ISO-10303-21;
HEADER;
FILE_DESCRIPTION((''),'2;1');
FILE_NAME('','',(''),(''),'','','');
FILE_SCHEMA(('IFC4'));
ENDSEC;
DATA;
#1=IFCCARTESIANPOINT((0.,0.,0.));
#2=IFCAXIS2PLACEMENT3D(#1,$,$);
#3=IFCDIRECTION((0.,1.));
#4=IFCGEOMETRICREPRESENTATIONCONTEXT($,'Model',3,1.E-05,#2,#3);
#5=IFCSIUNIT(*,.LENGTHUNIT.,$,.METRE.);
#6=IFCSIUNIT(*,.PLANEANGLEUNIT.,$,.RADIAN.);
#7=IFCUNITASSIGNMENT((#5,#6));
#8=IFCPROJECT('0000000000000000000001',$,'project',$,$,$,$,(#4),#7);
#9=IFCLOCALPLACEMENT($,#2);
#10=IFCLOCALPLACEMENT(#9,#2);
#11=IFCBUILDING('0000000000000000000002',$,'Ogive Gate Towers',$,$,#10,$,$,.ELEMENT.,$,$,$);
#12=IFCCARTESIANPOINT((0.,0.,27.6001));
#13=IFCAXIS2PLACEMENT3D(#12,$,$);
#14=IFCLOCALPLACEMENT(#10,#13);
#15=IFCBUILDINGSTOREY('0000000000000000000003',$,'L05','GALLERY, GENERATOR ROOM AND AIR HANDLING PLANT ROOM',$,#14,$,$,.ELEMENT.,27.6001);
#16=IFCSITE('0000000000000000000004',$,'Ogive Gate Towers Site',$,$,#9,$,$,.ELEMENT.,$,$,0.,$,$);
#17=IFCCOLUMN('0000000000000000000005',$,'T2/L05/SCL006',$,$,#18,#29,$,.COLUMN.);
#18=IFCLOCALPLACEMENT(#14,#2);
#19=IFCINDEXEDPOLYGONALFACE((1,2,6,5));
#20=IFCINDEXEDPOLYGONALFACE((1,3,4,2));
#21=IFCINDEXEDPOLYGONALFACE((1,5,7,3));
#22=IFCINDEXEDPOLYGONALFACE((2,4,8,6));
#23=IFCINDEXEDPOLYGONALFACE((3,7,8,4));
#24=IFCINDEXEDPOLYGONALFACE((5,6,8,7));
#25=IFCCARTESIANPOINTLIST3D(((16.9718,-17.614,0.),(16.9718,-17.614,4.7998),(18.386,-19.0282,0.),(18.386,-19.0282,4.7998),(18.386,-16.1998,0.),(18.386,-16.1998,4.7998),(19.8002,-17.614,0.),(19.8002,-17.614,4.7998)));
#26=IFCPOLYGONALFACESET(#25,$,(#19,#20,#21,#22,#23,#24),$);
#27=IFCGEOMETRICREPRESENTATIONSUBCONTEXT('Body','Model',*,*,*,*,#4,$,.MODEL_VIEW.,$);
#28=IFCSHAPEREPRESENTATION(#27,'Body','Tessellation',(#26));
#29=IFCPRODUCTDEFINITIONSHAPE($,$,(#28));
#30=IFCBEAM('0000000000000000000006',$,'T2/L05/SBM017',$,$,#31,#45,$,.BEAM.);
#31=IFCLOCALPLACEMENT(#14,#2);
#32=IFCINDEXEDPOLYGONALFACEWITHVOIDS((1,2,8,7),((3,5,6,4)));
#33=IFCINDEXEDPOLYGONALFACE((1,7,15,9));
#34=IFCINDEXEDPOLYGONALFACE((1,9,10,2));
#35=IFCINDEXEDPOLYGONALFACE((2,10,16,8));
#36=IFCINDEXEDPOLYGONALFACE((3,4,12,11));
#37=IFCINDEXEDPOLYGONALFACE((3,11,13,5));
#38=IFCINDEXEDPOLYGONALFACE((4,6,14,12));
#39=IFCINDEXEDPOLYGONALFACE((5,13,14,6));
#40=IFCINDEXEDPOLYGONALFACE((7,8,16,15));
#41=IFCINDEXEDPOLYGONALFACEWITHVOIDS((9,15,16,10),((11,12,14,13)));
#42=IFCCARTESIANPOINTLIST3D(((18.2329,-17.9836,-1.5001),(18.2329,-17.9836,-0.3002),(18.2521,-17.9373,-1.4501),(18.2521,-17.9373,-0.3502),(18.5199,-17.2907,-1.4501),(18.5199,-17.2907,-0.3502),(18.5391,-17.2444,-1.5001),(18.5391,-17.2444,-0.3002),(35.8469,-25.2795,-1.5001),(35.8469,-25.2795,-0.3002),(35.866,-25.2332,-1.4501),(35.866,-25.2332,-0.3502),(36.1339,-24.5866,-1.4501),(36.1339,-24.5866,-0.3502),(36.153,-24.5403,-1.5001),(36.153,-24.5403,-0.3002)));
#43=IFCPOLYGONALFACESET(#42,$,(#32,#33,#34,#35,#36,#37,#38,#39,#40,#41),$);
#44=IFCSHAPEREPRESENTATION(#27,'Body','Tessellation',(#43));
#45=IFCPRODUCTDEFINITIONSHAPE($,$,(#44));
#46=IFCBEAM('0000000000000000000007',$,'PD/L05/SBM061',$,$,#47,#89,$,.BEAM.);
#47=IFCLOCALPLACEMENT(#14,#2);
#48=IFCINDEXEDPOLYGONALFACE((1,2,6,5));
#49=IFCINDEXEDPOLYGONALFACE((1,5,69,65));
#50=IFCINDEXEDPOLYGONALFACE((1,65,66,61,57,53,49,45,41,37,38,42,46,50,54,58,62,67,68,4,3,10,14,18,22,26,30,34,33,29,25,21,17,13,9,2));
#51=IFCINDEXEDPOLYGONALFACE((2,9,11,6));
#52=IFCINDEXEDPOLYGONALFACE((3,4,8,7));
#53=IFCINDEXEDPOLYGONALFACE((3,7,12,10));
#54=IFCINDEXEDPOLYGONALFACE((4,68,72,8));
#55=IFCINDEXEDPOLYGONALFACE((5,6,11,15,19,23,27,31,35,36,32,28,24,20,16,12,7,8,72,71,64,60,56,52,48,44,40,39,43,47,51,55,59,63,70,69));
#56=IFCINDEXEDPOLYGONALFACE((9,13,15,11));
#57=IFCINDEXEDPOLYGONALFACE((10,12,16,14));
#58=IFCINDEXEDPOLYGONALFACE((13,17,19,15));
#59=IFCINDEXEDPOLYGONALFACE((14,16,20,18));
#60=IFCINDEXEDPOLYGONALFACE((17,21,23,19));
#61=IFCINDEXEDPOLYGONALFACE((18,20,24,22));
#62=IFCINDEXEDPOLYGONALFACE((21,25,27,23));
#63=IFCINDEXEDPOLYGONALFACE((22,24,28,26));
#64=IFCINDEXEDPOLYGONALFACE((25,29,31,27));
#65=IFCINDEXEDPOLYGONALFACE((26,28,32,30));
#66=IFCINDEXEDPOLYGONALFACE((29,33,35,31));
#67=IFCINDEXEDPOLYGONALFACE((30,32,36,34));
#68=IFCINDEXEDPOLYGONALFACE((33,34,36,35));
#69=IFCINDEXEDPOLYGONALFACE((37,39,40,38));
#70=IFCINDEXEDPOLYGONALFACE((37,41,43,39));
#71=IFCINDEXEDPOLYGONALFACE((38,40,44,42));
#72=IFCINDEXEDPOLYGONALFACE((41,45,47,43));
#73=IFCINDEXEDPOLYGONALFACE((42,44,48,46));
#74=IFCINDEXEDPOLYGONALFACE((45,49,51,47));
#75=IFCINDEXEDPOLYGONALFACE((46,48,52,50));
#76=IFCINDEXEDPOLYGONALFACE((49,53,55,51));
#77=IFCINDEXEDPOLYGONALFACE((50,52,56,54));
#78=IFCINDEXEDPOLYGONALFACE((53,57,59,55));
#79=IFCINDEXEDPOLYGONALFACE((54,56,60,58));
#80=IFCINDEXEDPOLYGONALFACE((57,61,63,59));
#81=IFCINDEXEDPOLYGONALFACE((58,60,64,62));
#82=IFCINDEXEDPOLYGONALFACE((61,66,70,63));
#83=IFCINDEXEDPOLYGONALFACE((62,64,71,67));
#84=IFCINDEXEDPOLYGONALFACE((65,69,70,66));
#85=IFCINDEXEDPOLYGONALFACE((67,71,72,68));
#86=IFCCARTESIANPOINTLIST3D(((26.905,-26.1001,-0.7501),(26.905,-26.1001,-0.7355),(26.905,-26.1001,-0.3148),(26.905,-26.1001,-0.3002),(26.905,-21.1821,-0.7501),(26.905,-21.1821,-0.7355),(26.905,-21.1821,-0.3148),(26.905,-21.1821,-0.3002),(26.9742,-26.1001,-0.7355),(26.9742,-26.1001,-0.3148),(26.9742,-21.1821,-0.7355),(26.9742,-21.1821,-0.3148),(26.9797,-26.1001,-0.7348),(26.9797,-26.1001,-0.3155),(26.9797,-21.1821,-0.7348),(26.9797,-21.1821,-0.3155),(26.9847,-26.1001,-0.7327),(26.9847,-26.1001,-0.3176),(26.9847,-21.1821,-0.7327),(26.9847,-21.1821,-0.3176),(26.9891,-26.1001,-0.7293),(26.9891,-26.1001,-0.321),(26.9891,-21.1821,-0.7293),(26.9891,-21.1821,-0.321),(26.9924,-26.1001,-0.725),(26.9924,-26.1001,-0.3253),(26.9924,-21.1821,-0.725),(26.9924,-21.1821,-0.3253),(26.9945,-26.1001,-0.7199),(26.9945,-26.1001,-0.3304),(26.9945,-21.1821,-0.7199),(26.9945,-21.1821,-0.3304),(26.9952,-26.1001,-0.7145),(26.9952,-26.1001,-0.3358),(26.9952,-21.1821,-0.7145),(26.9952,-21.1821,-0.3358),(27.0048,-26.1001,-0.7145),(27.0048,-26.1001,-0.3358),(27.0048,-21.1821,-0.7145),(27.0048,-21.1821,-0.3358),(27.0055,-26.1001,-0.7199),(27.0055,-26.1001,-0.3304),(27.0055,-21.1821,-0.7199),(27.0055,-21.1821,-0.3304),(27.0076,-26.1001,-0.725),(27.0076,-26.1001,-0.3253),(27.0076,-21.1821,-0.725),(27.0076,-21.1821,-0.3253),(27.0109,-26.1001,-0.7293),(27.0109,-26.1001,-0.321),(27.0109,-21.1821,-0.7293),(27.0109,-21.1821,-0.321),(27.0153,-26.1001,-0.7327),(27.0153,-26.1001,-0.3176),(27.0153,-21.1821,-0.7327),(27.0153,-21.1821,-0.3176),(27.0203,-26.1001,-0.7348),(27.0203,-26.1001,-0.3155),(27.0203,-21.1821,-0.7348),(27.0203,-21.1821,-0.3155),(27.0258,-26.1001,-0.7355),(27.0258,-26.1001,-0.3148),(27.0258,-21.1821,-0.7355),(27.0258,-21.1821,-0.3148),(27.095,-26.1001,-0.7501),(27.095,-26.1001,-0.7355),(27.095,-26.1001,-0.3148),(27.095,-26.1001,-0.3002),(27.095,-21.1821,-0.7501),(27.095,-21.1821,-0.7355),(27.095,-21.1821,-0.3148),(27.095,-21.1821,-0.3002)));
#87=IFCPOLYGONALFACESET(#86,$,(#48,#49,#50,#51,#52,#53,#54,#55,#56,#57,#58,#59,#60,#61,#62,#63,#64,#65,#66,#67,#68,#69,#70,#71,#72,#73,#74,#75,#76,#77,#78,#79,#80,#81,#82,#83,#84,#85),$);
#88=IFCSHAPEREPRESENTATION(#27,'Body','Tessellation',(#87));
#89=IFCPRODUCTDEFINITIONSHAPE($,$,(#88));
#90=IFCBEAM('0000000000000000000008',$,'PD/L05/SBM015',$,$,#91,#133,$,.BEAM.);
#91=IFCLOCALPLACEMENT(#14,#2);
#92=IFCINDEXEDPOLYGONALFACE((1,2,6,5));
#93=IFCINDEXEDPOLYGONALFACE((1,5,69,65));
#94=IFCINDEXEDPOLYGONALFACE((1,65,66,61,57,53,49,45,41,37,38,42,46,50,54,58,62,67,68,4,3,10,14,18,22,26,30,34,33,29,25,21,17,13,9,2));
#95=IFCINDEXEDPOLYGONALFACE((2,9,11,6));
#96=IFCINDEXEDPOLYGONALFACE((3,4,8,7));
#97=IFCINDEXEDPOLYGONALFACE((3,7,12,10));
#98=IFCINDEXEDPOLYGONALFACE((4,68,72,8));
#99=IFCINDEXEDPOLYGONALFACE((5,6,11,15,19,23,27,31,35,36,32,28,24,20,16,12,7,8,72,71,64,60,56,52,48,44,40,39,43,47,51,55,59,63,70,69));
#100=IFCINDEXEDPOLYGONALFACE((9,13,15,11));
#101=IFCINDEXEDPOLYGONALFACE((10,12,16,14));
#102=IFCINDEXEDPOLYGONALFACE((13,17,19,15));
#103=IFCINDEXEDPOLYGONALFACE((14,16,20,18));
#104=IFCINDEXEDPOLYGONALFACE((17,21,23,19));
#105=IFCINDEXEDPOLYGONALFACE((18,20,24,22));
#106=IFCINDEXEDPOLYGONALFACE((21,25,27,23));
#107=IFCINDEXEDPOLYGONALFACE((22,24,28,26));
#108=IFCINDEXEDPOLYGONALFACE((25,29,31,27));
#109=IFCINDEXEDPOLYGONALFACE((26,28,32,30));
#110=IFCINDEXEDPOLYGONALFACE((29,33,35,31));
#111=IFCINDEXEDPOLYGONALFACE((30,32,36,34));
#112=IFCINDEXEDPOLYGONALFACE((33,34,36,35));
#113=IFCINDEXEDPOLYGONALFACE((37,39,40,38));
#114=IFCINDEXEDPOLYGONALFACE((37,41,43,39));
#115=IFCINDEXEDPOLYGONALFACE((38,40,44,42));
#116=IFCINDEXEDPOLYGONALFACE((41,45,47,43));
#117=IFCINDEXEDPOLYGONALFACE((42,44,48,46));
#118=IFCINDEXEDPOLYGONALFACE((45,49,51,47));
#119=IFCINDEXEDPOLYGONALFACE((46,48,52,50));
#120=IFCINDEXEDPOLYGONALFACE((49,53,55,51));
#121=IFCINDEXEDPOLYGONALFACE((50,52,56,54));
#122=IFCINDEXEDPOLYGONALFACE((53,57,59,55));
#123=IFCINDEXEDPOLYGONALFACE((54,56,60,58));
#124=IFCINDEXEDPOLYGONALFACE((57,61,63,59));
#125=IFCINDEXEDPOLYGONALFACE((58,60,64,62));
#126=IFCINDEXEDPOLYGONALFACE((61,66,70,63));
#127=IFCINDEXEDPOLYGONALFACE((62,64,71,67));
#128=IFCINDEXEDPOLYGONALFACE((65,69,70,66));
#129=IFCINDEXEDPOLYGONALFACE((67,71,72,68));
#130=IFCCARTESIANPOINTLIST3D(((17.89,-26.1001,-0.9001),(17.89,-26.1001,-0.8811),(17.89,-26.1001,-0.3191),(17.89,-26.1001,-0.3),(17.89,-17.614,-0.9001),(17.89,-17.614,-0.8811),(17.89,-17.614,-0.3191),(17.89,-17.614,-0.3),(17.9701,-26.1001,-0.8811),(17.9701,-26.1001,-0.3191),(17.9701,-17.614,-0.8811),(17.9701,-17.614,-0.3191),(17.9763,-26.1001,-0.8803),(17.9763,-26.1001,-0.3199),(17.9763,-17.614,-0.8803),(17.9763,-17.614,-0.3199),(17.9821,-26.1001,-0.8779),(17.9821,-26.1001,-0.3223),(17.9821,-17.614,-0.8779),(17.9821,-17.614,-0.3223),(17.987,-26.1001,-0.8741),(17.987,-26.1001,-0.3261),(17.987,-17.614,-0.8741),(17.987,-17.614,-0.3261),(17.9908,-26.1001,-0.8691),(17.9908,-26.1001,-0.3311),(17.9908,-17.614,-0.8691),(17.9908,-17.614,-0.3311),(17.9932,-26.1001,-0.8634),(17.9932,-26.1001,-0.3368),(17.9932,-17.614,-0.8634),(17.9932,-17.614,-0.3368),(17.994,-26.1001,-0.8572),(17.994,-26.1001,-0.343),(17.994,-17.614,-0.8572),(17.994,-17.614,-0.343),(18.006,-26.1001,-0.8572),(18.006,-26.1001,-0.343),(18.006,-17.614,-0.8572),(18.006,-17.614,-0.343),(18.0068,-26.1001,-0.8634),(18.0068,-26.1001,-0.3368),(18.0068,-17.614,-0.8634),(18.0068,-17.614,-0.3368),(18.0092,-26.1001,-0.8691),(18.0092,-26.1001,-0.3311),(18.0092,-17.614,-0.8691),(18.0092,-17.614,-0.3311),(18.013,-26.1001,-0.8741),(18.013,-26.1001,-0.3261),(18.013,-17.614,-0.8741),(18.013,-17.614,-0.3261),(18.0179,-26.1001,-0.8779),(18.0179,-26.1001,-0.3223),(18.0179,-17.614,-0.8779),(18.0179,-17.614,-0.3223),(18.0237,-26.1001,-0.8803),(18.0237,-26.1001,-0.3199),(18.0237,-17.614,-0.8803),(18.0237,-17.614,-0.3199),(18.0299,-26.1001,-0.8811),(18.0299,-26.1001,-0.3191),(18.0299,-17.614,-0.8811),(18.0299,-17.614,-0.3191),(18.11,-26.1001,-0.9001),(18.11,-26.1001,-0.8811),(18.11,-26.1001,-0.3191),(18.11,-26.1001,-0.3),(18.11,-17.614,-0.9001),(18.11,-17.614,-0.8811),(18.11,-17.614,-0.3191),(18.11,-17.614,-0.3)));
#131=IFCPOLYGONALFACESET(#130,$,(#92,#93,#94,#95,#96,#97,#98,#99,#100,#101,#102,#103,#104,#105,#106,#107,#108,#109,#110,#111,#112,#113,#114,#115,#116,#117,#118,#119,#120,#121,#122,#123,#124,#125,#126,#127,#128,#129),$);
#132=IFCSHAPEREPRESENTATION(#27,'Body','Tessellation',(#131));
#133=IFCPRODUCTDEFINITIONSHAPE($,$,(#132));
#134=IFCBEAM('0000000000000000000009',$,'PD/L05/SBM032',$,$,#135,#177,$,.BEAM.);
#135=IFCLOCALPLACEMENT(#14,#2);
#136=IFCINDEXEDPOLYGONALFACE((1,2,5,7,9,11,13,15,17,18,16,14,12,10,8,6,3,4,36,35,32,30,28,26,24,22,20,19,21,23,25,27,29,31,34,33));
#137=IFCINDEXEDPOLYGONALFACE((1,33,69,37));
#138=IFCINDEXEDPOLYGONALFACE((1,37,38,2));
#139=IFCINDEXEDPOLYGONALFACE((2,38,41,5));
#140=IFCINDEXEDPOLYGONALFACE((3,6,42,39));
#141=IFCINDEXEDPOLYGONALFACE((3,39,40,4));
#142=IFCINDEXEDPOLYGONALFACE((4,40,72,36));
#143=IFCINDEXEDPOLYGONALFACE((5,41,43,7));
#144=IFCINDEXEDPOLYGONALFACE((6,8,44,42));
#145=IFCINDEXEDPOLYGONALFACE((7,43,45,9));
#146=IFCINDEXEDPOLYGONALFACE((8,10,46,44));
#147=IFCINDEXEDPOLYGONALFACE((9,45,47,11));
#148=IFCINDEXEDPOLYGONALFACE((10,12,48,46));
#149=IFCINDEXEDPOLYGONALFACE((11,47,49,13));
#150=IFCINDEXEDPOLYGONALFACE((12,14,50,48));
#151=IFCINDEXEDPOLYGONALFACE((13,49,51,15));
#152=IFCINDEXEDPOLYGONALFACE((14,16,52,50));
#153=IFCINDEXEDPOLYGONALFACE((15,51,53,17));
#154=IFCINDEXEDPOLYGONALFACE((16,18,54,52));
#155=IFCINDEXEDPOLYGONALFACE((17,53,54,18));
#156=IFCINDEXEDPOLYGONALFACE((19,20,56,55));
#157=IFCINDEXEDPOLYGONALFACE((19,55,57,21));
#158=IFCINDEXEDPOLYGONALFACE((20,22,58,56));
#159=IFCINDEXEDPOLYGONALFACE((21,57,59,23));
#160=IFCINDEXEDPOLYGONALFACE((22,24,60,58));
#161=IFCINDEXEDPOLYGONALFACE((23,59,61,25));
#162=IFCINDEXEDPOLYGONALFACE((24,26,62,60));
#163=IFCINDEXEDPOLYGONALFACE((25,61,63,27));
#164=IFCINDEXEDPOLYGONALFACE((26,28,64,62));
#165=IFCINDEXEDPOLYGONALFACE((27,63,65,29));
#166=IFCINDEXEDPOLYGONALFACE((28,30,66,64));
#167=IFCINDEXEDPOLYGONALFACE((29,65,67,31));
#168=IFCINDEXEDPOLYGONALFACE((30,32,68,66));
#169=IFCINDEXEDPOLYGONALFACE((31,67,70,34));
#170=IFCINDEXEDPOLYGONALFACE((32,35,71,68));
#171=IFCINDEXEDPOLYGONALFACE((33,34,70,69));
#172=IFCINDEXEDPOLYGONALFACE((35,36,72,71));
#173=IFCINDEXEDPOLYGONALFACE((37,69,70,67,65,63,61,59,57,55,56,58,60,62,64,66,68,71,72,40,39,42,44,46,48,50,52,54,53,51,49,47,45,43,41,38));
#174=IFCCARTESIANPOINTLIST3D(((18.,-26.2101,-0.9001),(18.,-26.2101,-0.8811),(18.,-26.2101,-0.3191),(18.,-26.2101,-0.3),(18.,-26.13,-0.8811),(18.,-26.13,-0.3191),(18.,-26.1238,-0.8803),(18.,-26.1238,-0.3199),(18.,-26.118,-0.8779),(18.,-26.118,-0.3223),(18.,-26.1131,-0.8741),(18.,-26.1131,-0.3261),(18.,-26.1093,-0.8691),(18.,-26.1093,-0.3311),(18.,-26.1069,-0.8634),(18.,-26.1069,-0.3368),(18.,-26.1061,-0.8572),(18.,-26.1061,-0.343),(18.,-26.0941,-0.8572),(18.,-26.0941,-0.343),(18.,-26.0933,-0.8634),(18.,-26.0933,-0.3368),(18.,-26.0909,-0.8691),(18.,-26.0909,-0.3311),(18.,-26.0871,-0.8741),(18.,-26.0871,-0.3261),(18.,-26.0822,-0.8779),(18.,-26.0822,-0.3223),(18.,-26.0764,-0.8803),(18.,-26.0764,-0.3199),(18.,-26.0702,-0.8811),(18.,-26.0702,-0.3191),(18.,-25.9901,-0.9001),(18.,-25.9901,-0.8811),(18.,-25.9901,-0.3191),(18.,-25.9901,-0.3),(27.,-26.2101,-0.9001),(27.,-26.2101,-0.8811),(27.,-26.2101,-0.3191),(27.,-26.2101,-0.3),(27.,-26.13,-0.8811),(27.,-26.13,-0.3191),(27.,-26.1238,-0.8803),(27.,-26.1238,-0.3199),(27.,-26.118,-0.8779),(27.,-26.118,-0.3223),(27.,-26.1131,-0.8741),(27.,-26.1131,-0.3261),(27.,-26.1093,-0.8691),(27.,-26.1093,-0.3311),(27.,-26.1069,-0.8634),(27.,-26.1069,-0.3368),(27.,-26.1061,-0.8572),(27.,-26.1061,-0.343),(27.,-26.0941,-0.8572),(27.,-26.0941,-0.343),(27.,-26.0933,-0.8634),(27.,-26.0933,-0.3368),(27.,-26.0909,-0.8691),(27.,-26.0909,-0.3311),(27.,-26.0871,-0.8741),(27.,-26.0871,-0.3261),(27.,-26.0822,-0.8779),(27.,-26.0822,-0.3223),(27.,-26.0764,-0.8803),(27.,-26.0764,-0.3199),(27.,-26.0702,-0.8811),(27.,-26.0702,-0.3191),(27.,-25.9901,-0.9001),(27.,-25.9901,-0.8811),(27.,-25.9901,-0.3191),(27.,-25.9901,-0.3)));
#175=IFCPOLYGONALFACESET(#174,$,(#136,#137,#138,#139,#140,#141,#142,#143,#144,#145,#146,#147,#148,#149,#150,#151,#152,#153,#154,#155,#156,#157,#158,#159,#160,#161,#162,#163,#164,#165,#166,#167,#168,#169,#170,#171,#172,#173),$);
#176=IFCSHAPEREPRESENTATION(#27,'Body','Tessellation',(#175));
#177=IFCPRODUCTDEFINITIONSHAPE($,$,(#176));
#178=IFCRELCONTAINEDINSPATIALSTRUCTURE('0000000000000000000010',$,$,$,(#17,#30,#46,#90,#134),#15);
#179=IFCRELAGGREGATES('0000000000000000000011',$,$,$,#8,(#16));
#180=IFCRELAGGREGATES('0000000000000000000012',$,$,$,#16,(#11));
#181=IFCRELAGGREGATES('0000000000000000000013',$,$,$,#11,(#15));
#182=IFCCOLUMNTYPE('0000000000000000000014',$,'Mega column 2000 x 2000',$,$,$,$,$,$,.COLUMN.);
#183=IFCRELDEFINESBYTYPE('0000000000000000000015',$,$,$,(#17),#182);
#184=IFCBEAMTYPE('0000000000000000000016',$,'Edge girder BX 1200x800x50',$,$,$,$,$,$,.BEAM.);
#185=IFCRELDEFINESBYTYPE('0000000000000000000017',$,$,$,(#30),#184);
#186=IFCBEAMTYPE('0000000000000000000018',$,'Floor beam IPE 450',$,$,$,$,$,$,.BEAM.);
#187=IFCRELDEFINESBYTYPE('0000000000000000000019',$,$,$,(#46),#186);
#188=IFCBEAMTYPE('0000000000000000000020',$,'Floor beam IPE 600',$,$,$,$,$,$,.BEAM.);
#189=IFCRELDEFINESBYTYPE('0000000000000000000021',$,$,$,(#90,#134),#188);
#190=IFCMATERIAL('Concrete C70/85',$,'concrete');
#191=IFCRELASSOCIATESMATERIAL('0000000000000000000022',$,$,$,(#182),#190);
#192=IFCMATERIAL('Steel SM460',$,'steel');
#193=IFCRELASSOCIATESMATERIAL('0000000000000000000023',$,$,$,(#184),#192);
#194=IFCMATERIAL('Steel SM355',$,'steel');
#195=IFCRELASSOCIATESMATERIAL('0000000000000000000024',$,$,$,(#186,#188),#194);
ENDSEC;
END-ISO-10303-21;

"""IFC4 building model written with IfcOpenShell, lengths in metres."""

from ifc_helpers import new_model, si_unit, direction, frame, origin, origin_2d, place, context, subcontext, project, spatial, rectangle, hollow_rectangle, i_section, extrude, material, material_profile, profile_set, type_object, element, save


model = new_model("IFC4")

# Units and contexts
model_context = context("Model", 3, precision=1e-05, world=origin(), true_north=direction((0.0, 1.0)))
body_context = subcontext(model_context, "Body", "Model", "MODEL_VIEW")
ifc_project = project(units=[si_unit("LENGTHUNIT", "METRE"), si_unit("PLANEANGLEUNIT", "RADIAN")], contexts=[model_context])

# Site, building, storey
site_placement = place(None, origin())
site = spatial("IfcSite", under=ifc_project, at=site_placement, Name="Ogive Gate Towers Site", CompositionType="ELEMENT", RefElevation=0.0)
building_placement = place(site_placement, origin())
building = spatial("IfcBuilding", under=site, at=building_placement, Name="Ogive Gate Towers", CompositionType="ELEMENT")
storey_placement = place(building_placement, frame((0.0, 0.0, 27.6001)))
storey = spatial("IfcBuildingStorey", under=building, at=storey_placement, Name="L05", Description="GALLERY, GENERATOR ROOM AND AIR HANDLING PLANT ROOM", CompositionType="ELEMENT", Elevation=27.6001)

# Column
ifc_material_1 = material(Name="Concrete C70/85", Category="concrete")
ifc_material_profile_1 = material_profile(ifc_material_1, rectangle(XDim=2.0, YDim=2.0, at=origin_2d()), Name="RC 2000x2000")
ifc_profile_set_1 = profile_set([ifc_material_profile_1], Name="Concrete C70/85")
column_type = type_object("IfcColumnType", Name="Mega column 2000 x 2000", PredefinedType="COLUMN", material=ifc_profile_set_1)
column_placement = place(storey_placement, frame((18.386, -17.614, 0.0), z_axis=(0.0, 0.0, 1.0), x_axis=(-0.707107, -0.707107, 0.0)))
element("IfcColumn", 1, at=column_placement, inside=storey, type_object=column_type, Name="T2/L05/SCL006", PredefinedType="COLUMN", context=body_context, shape_type="SweptSolid", body=[
    extrude(rectangle(XDim=2.0, YDim=2.0, at=origin_2d()), origin(), (0.0, 0.0, 1.0), 4.7998),
])

# Beams
ifc_material_2 = material(Name="Steel SM460", Category="steel")
ifc_material_profile_2 = material_profile(ifc_material_2, hollow_rectangle(XDim=0.8, YDim=1.2, WallThickness=0.05, at=origin_2d()), Name="BX 1200x800x50")
ifc_profile_set_2 = profile_set([ifc_material_profile_2], Name="Steel SM460")
beam_type_1 = type_object("IfcBeamType", Name="Edge girder BX 1200x800x50", PredefinedType="BEAM", material=ifc_profile_set_2)
beam_1_placement = place(storey_placement, frame((18.386, -17.614, -0.9001), z_axis=(0.923881, -0.382681, 0.0), x_axis=(0.382681, 0.923881, 0.0)))
element("IfcBeam", 2, at=beam_1_placement, inside=storey, type_object=beam_type_1, Name="T2/L05/SBM017", PredefinedType="BEAM", context=body_context, shape_type="SweptSolid", body=[
    extrude(hollow_rectangle(XDim=0.8, YDim=1.2, WallThickness=0.05, at=origin_2d()), origin(), (0.0, 0.0, 1.0), 19.0652),
])
ifc_material_3 = material(Name="Steel SM355", Category="steel")
ifc_material_profile_3 = material_profile(ifc_material_3, i_section(OverallWidth=0.1899, OverallDepth=0.45, WebThickness=0.0095, FlangeThickness=0.0146, FilletRadius=0.021, at=origin_2d()), Name="IPE 450")
ifc_profile_set_3 = profile_set([ifc_material_profile_3], Name="Steel SM355")
beam_type_2 = type_object("IfcBeamType", Name="Floor beam IPE 450", PredefinedType="BEAM", material=ifc_profile_set_3)
beam_2_placement = place(storey_placement, frame((27.0, -26.1001, -0.5251), z_axis=(0.0, 1.0, 0.0), x_axis=(-1.0, 0.0, 0.0)))
element("IfcBeam", 3, at=beam_2_placement, inside=storey, type_object=beam_type_2, Name="PD/L05/SBM061", PredefinedType="BEAM", context=body_context, shape_type="SweptSolid", body=[
    extrude(i_section(OverallWidth=0.1899, OverallDepth=0.45, WebThickness=0.0095, FlangeThickness=0.0146, FilletRadius=0.021, at=origin_2d()), origin(), (0.0, 0.0, 1.0), 4.918),
])
ifc_material_profile_4 = material_profile(ifc_material_3, i_section(OverallWidth=0.22, OverallDepth=0.6001, WebThickness=0.012, FlangeThickness=0.019, FilletRadius=0.0239, at=origin_2d()), Name="IPE 600")
ifc_profile_set_4 = profile_set([ifc_material_profile_4], Name="Steel SM355")
beam_type_3 = type_object("IfcBeamType", Name="Floor beam IPE 600", PredefinedType="BEAM", material=ifc_profile_set_4)
beam_3_placement = place(storey_placement, frame((18.0, -26.1001, -0.6001), z_axis=(0.0, 1.0, 0.0), x_axis=(-1.0, 0.0, 0.0)))
element("IfcBeam", 4, at=beam_3_placement, inside=storey, type_object=beam_type_3, Name="PD/L05/SBM015", PredefinedType="BEAM", context=body_context, shape_type="SweptSolid", body=[
    extrude(i_section(OverallWidth=0.22, OverallDepth=0.6001, WebThickness=0.012, FlangeThickness=0.019, FilletRadius=0.0239, at=origin_2d()), origin(), (0.0, 0.0, 1.0), 8.4861),
])
for number, where, z_axis, x_axis, name in (
    (5, (27.0, -26.1001, -0.6001), (-1.0, 0.0, 0.0), (0.0, -1.0, 0.0), "PD/L05/SBM032"),
):
    element("IfcBeam", number, at=place(storey_placement, frame(where, z_axis=z_axis, x_axis=x_axis)), inside=storey, type_object=beam_type_3, Name=name, PredefinedType="BEAM", context=body_context, shape_type="SweptSolid", body=[
        extrude(i_section(OverallWidth=0.22, OverallDepth=0.6001, WebThickness=0.012, FlangeThickness=0.019, FilletRadius=0.0239, at=origin_2d()), origin(), (0.0, 0.0, 1.0), 9.0),
    ])

save(model, "model.ifc")
